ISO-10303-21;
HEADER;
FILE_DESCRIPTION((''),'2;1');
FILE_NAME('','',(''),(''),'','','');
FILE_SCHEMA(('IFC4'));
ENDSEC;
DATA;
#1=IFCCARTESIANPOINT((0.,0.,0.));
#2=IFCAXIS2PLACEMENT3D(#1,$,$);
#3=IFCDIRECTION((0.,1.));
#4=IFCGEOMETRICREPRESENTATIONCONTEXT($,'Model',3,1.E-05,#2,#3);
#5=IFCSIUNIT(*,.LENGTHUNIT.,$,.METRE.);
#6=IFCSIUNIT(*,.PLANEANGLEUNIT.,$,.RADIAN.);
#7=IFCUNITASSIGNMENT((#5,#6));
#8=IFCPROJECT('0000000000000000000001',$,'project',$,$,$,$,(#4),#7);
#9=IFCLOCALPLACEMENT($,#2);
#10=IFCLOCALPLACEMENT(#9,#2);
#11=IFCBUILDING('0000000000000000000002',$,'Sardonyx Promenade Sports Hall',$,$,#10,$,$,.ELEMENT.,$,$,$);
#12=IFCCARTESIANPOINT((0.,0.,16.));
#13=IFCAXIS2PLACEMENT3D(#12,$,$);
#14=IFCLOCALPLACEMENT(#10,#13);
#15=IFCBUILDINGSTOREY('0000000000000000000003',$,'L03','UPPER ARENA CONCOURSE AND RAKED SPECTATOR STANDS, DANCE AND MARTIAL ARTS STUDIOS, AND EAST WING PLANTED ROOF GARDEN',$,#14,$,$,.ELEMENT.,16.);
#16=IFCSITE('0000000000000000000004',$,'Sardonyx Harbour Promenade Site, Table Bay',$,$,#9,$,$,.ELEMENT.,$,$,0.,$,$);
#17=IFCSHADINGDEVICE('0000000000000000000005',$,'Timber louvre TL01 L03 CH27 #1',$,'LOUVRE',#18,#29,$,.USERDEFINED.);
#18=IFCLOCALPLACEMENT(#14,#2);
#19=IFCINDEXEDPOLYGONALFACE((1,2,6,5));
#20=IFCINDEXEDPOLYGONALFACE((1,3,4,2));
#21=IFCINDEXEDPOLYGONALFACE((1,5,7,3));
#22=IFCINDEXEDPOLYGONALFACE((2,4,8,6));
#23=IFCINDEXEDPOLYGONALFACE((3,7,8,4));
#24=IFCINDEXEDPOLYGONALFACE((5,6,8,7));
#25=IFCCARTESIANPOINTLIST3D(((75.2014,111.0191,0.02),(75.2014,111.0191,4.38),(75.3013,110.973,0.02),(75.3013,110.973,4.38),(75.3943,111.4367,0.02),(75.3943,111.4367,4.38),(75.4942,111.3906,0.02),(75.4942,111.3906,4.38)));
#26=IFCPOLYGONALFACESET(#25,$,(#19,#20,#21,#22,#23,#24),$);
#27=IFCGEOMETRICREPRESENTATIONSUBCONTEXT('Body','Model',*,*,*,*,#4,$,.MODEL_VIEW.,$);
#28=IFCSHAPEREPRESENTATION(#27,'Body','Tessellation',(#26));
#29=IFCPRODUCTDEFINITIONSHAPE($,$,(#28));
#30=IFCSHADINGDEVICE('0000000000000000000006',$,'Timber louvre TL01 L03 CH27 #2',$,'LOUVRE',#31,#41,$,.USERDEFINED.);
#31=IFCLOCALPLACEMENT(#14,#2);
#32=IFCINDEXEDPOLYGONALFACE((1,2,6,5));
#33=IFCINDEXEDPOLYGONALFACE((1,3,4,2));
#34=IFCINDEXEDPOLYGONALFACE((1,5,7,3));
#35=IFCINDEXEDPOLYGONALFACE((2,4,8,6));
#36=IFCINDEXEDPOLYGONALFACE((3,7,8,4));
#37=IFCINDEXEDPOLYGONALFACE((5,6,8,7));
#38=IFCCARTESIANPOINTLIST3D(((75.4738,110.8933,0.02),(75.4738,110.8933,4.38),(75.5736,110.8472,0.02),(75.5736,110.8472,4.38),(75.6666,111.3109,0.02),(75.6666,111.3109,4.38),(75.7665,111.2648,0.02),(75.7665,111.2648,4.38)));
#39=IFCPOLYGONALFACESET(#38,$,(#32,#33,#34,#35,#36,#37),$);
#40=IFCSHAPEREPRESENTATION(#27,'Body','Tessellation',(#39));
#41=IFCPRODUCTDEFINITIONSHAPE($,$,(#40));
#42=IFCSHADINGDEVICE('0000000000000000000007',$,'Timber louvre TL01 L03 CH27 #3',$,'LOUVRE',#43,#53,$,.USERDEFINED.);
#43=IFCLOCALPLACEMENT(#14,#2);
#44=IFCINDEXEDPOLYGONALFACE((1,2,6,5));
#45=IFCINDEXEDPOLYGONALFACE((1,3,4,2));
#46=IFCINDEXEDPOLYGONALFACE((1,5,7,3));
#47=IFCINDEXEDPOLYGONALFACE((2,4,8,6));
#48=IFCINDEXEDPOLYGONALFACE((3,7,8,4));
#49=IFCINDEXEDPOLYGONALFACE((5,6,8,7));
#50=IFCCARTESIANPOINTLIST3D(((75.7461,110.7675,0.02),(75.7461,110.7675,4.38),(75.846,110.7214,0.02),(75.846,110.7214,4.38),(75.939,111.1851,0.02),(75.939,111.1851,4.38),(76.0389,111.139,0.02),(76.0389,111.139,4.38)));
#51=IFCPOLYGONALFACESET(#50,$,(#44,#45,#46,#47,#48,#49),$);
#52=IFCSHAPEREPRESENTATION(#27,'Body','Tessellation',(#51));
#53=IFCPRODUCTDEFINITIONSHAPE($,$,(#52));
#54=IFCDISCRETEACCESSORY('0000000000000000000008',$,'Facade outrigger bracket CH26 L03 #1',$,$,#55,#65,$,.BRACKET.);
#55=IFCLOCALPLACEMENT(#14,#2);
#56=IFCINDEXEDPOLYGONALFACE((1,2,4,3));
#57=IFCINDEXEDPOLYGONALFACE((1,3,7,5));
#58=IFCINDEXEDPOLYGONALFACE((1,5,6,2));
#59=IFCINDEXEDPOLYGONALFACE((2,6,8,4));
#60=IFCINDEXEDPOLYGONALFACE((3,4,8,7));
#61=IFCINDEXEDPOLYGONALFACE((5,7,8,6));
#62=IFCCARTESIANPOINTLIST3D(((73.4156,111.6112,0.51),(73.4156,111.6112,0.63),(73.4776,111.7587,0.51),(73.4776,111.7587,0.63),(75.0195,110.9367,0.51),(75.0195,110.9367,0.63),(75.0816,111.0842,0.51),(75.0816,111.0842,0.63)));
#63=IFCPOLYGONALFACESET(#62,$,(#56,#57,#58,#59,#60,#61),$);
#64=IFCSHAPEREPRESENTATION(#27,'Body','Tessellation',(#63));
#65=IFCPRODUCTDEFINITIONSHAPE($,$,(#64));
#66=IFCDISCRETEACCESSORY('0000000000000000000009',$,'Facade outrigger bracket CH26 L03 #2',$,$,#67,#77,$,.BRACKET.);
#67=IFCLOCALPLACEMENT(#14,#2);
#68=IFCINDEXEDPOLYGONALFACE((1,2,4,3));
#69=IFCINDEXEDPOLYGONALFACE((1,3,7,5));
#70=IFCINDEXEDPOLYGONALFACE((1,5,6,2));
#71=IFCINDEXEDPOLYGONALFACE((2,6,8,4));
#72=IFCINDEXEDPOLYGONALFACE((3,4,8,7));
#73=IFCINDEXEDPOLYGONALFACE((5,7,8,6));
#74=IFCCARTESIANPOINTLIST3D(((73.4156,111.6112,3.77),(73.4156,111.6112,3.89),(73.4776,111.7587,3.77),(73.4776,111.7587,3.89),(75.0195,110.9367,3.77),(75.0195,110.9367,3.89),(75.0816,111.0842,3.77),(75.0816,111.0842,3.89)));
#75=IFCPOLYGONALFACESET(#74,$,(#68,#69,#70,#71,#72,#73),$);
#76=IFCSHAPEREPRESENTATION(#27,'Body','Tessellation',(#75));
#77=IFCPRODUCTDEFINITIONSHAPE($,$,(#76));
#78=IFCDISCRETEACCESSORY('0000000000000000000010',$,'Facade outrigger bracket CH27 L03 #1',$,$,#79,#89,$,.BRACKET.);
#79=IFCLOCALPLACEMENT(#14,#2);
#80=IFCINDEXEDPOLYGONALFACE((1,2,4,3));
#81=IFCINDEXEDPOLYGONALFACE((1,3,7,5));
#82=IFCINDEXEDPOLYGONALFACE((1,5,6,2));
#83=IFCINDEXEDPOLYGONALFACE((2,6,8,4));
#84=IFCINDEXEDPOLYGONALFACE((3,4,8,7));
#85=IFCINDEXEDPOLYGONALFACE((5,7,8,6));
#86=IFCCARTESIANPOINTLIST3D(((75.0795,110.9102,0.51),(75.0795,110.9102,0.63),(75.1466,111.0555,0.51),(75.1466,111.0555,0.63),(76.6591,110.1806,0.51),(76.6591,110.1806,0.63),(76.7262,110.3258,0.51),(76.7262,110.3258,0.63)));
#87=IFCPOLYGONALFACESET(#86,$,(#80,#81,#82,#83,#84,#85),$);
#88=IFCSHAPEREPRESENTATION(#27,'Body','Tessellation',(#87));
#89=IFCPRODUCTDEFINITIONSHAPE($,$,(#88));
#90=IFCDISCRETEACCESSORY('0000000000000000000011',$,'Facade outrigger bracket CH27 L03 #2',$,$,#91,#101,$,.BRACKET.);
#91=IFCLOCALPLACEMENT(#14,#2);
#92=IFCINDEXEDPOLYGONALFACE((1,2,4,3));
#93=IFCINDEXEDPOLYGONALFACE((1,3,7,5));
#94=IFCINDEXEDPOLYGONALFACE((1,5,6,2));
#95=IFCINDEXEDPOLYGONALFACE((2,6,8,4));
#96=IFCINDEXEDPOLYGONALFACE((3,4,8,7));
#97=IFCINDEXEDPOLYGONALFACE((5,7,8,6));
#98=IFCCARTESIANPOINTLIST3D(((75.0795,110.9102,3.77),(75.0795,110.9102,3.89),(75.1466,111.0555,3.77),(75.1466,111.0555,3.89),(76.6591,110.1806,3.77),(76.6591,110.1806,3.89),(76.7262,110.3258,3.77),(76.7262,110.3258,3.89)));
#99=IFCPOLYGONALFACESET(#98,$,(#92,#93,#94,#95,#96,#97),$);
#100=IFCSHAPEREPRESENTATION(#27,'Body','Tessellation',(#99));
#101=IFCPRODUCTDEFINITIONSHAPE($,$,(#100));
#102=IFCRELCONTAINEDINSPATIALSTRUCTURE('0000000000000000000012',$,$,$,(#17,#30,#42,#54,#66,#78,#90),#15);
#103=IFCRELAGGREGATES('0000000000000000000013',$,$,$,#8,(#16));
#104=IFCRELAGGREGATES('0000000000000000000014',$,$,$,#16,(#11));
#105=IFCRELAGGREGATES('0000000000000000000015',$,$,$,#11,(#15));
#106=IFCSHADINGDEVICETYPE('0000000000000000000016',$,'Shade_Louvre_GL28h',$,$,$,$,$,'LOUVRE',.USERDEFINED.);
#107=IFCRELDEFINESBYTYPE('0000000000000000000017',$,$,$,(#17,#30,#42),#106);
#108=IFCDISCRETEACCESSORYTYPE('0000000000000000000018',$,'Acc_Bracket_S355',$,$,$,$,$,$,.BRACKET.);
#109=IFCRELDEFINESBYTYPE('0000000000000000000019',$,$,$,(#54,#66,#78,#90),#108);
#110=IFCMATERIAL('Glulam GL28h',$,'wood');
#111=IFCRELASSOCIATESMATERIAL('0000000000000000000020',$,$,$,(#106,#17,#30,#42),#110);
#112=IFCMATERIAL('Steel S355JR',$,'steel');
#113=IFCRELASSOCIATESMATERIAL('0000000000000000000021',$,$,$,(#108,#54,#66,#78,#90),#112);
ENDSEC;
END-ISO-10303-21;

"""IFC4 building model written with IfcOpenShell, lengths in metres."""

from ifc_helpers import new_model, si_unit, direction, frame, origin, place, context, subcontext, project, spatial, rectangle, extrude, material, type_object, element, save


model = new_model("IFC4")

# Units and contexts
model_context = context("Model", 3, precision=1e-05, world=origin(), true_north=direction((0.0, 1.0)))
body_context = subcontext(model_context, "Body", "Model", "MODEL_VIEW")
ifc_project = project(units=[si_unit("LENGTHUNIT", "METRE"), si_unit("PLANEANGLEUNIT", "RADIAN")], contexts=[model_context])

# Site, building, storey
site_placement = place(None, origin())
site = spatial("IfcSite", under=ifc_project, at=site_placement, Name="Sardonyx Harbour Promenade Site, Table Bay", CompositionType="ELEMENT", RefElevation=0.0)
building_placement = place(site_placement, origin())
building = spatial("IfcBuilding", under=site, at=building_placement, Name="Sardonyx Promenade Sports Hall", CompositionType="ELEMENT")
storey_placement = place(building_placement, frame((0.0, 0.0, 16.0)))
storey = spatial("IfcBuildingStorey", under=building, at=storey_placement, Name="L03", Description="UPPER ARENA CONCOURSE AND RAKED SPECTATOR STANDS, DANCE AND MARTIAL ARTS STUDIOS, AND EAST WING PLANTED ROOF GARDEN", CompositionType="ELEMENT", Elevation=16.0)

# Shading devices
ifc_material_1 = material(Name="Glulam GL28h", Category="wood")
shading_device_type = type_object("IfcShadingDeviceType", Name="Shade_Louvre_GL28h", ElementType="LOUVRE", PredefinedType="USERDEFINED", material=ifc_material_1)
for number, where, z_axis, x_axis, name in (
    (1, (75.3478, 111.2049, 0.02), (0.0, 0.0, 1.0), (0.907831, -0.419336, 0.0), "Timber louvre TL01 L03 CH27 #1"),
    (2, (75.6201, 111.0791, 0.02), (0.0, 0.0, 1.0), (0.907831, -0.419336, 0.0), "Timber louvre TL01 L03 CH27 #2"),
    (3, (75.8925, 110.9533, 0.02), (0.0, 0.0, 1.0), (0.907831, -0.419336, 0.0), "Timber louvre TL01 L03 CH27 #3"),
):
    element("IfcShadingDevice", number, at=place(storey_placement, frame(where, z_axis=z_axis, x_axis=x_axis)), inside=storey, type_object=shading_device_type, material=ifc_material_1, Name=name, ObjectType="LOUVRE", PredefinedType="USERDEFINED", context=body_context, shape_type="SweptSolid", body=[
        extrude(rectangle(XDim=0.11, YDim=0.46), origin(), (0.0, 0.0, 1.0), 4.36),
    ])

# Discrete accessories
ifc_material_2 = material(Name="Steel S355JR", Category="steel")
discrete_accessory_type = type_object("IfcDiscreteAccessoryType", Name="Acc_Bracket_S355", PredefinedType="BRACKET", material=ifc_material_2)
for number, where, z_axis, x_axis, name in (
    (4, (74.2486, 111.3477, 0.51), (0.0, 0.0, 1.0), (0.9218, -0.387665, 0.0), "Facade outrigger bracket CH26 L03 #1"),
    (5, (74.2486, 111.3477, 3.77), (0.0, 0.0, 1.0), (0.9218, -0.387665, 0.0), "Facade outrigger bracket CH26 L03 #2"),
    (6, (75.9029, 110.618, 0.51), (0.0, 0.0, 1.0), (0.907831, -0.419336, 0.0), "Facade outrigger bracket CH27 L03 #1"),
    (7, (75.9029, 110.618, 3.77), (0.0, 0.0, 1.0), (0.907831, -0.419336, 0.0), "Facade outrigger bracket CH27 L03 #2"),
):
    element("IfcDiscreteAccessory", number, at=place(storey_placement, frame(where, z_axis=z_axis, x_axis=x_axis)), inside=storey, type_object=discrete_accessory_type, material=ifc_material_2, Name=name, PredefinedType="BRACKET", context=body_context, shape_type="SweptSolid", body=[
        extrude(rectangle(XDim=1.74, YDim=0.16), origin(), (0.0, 0.0, 1.0), 0.12),
    ])

save(model, "model.ifc")
